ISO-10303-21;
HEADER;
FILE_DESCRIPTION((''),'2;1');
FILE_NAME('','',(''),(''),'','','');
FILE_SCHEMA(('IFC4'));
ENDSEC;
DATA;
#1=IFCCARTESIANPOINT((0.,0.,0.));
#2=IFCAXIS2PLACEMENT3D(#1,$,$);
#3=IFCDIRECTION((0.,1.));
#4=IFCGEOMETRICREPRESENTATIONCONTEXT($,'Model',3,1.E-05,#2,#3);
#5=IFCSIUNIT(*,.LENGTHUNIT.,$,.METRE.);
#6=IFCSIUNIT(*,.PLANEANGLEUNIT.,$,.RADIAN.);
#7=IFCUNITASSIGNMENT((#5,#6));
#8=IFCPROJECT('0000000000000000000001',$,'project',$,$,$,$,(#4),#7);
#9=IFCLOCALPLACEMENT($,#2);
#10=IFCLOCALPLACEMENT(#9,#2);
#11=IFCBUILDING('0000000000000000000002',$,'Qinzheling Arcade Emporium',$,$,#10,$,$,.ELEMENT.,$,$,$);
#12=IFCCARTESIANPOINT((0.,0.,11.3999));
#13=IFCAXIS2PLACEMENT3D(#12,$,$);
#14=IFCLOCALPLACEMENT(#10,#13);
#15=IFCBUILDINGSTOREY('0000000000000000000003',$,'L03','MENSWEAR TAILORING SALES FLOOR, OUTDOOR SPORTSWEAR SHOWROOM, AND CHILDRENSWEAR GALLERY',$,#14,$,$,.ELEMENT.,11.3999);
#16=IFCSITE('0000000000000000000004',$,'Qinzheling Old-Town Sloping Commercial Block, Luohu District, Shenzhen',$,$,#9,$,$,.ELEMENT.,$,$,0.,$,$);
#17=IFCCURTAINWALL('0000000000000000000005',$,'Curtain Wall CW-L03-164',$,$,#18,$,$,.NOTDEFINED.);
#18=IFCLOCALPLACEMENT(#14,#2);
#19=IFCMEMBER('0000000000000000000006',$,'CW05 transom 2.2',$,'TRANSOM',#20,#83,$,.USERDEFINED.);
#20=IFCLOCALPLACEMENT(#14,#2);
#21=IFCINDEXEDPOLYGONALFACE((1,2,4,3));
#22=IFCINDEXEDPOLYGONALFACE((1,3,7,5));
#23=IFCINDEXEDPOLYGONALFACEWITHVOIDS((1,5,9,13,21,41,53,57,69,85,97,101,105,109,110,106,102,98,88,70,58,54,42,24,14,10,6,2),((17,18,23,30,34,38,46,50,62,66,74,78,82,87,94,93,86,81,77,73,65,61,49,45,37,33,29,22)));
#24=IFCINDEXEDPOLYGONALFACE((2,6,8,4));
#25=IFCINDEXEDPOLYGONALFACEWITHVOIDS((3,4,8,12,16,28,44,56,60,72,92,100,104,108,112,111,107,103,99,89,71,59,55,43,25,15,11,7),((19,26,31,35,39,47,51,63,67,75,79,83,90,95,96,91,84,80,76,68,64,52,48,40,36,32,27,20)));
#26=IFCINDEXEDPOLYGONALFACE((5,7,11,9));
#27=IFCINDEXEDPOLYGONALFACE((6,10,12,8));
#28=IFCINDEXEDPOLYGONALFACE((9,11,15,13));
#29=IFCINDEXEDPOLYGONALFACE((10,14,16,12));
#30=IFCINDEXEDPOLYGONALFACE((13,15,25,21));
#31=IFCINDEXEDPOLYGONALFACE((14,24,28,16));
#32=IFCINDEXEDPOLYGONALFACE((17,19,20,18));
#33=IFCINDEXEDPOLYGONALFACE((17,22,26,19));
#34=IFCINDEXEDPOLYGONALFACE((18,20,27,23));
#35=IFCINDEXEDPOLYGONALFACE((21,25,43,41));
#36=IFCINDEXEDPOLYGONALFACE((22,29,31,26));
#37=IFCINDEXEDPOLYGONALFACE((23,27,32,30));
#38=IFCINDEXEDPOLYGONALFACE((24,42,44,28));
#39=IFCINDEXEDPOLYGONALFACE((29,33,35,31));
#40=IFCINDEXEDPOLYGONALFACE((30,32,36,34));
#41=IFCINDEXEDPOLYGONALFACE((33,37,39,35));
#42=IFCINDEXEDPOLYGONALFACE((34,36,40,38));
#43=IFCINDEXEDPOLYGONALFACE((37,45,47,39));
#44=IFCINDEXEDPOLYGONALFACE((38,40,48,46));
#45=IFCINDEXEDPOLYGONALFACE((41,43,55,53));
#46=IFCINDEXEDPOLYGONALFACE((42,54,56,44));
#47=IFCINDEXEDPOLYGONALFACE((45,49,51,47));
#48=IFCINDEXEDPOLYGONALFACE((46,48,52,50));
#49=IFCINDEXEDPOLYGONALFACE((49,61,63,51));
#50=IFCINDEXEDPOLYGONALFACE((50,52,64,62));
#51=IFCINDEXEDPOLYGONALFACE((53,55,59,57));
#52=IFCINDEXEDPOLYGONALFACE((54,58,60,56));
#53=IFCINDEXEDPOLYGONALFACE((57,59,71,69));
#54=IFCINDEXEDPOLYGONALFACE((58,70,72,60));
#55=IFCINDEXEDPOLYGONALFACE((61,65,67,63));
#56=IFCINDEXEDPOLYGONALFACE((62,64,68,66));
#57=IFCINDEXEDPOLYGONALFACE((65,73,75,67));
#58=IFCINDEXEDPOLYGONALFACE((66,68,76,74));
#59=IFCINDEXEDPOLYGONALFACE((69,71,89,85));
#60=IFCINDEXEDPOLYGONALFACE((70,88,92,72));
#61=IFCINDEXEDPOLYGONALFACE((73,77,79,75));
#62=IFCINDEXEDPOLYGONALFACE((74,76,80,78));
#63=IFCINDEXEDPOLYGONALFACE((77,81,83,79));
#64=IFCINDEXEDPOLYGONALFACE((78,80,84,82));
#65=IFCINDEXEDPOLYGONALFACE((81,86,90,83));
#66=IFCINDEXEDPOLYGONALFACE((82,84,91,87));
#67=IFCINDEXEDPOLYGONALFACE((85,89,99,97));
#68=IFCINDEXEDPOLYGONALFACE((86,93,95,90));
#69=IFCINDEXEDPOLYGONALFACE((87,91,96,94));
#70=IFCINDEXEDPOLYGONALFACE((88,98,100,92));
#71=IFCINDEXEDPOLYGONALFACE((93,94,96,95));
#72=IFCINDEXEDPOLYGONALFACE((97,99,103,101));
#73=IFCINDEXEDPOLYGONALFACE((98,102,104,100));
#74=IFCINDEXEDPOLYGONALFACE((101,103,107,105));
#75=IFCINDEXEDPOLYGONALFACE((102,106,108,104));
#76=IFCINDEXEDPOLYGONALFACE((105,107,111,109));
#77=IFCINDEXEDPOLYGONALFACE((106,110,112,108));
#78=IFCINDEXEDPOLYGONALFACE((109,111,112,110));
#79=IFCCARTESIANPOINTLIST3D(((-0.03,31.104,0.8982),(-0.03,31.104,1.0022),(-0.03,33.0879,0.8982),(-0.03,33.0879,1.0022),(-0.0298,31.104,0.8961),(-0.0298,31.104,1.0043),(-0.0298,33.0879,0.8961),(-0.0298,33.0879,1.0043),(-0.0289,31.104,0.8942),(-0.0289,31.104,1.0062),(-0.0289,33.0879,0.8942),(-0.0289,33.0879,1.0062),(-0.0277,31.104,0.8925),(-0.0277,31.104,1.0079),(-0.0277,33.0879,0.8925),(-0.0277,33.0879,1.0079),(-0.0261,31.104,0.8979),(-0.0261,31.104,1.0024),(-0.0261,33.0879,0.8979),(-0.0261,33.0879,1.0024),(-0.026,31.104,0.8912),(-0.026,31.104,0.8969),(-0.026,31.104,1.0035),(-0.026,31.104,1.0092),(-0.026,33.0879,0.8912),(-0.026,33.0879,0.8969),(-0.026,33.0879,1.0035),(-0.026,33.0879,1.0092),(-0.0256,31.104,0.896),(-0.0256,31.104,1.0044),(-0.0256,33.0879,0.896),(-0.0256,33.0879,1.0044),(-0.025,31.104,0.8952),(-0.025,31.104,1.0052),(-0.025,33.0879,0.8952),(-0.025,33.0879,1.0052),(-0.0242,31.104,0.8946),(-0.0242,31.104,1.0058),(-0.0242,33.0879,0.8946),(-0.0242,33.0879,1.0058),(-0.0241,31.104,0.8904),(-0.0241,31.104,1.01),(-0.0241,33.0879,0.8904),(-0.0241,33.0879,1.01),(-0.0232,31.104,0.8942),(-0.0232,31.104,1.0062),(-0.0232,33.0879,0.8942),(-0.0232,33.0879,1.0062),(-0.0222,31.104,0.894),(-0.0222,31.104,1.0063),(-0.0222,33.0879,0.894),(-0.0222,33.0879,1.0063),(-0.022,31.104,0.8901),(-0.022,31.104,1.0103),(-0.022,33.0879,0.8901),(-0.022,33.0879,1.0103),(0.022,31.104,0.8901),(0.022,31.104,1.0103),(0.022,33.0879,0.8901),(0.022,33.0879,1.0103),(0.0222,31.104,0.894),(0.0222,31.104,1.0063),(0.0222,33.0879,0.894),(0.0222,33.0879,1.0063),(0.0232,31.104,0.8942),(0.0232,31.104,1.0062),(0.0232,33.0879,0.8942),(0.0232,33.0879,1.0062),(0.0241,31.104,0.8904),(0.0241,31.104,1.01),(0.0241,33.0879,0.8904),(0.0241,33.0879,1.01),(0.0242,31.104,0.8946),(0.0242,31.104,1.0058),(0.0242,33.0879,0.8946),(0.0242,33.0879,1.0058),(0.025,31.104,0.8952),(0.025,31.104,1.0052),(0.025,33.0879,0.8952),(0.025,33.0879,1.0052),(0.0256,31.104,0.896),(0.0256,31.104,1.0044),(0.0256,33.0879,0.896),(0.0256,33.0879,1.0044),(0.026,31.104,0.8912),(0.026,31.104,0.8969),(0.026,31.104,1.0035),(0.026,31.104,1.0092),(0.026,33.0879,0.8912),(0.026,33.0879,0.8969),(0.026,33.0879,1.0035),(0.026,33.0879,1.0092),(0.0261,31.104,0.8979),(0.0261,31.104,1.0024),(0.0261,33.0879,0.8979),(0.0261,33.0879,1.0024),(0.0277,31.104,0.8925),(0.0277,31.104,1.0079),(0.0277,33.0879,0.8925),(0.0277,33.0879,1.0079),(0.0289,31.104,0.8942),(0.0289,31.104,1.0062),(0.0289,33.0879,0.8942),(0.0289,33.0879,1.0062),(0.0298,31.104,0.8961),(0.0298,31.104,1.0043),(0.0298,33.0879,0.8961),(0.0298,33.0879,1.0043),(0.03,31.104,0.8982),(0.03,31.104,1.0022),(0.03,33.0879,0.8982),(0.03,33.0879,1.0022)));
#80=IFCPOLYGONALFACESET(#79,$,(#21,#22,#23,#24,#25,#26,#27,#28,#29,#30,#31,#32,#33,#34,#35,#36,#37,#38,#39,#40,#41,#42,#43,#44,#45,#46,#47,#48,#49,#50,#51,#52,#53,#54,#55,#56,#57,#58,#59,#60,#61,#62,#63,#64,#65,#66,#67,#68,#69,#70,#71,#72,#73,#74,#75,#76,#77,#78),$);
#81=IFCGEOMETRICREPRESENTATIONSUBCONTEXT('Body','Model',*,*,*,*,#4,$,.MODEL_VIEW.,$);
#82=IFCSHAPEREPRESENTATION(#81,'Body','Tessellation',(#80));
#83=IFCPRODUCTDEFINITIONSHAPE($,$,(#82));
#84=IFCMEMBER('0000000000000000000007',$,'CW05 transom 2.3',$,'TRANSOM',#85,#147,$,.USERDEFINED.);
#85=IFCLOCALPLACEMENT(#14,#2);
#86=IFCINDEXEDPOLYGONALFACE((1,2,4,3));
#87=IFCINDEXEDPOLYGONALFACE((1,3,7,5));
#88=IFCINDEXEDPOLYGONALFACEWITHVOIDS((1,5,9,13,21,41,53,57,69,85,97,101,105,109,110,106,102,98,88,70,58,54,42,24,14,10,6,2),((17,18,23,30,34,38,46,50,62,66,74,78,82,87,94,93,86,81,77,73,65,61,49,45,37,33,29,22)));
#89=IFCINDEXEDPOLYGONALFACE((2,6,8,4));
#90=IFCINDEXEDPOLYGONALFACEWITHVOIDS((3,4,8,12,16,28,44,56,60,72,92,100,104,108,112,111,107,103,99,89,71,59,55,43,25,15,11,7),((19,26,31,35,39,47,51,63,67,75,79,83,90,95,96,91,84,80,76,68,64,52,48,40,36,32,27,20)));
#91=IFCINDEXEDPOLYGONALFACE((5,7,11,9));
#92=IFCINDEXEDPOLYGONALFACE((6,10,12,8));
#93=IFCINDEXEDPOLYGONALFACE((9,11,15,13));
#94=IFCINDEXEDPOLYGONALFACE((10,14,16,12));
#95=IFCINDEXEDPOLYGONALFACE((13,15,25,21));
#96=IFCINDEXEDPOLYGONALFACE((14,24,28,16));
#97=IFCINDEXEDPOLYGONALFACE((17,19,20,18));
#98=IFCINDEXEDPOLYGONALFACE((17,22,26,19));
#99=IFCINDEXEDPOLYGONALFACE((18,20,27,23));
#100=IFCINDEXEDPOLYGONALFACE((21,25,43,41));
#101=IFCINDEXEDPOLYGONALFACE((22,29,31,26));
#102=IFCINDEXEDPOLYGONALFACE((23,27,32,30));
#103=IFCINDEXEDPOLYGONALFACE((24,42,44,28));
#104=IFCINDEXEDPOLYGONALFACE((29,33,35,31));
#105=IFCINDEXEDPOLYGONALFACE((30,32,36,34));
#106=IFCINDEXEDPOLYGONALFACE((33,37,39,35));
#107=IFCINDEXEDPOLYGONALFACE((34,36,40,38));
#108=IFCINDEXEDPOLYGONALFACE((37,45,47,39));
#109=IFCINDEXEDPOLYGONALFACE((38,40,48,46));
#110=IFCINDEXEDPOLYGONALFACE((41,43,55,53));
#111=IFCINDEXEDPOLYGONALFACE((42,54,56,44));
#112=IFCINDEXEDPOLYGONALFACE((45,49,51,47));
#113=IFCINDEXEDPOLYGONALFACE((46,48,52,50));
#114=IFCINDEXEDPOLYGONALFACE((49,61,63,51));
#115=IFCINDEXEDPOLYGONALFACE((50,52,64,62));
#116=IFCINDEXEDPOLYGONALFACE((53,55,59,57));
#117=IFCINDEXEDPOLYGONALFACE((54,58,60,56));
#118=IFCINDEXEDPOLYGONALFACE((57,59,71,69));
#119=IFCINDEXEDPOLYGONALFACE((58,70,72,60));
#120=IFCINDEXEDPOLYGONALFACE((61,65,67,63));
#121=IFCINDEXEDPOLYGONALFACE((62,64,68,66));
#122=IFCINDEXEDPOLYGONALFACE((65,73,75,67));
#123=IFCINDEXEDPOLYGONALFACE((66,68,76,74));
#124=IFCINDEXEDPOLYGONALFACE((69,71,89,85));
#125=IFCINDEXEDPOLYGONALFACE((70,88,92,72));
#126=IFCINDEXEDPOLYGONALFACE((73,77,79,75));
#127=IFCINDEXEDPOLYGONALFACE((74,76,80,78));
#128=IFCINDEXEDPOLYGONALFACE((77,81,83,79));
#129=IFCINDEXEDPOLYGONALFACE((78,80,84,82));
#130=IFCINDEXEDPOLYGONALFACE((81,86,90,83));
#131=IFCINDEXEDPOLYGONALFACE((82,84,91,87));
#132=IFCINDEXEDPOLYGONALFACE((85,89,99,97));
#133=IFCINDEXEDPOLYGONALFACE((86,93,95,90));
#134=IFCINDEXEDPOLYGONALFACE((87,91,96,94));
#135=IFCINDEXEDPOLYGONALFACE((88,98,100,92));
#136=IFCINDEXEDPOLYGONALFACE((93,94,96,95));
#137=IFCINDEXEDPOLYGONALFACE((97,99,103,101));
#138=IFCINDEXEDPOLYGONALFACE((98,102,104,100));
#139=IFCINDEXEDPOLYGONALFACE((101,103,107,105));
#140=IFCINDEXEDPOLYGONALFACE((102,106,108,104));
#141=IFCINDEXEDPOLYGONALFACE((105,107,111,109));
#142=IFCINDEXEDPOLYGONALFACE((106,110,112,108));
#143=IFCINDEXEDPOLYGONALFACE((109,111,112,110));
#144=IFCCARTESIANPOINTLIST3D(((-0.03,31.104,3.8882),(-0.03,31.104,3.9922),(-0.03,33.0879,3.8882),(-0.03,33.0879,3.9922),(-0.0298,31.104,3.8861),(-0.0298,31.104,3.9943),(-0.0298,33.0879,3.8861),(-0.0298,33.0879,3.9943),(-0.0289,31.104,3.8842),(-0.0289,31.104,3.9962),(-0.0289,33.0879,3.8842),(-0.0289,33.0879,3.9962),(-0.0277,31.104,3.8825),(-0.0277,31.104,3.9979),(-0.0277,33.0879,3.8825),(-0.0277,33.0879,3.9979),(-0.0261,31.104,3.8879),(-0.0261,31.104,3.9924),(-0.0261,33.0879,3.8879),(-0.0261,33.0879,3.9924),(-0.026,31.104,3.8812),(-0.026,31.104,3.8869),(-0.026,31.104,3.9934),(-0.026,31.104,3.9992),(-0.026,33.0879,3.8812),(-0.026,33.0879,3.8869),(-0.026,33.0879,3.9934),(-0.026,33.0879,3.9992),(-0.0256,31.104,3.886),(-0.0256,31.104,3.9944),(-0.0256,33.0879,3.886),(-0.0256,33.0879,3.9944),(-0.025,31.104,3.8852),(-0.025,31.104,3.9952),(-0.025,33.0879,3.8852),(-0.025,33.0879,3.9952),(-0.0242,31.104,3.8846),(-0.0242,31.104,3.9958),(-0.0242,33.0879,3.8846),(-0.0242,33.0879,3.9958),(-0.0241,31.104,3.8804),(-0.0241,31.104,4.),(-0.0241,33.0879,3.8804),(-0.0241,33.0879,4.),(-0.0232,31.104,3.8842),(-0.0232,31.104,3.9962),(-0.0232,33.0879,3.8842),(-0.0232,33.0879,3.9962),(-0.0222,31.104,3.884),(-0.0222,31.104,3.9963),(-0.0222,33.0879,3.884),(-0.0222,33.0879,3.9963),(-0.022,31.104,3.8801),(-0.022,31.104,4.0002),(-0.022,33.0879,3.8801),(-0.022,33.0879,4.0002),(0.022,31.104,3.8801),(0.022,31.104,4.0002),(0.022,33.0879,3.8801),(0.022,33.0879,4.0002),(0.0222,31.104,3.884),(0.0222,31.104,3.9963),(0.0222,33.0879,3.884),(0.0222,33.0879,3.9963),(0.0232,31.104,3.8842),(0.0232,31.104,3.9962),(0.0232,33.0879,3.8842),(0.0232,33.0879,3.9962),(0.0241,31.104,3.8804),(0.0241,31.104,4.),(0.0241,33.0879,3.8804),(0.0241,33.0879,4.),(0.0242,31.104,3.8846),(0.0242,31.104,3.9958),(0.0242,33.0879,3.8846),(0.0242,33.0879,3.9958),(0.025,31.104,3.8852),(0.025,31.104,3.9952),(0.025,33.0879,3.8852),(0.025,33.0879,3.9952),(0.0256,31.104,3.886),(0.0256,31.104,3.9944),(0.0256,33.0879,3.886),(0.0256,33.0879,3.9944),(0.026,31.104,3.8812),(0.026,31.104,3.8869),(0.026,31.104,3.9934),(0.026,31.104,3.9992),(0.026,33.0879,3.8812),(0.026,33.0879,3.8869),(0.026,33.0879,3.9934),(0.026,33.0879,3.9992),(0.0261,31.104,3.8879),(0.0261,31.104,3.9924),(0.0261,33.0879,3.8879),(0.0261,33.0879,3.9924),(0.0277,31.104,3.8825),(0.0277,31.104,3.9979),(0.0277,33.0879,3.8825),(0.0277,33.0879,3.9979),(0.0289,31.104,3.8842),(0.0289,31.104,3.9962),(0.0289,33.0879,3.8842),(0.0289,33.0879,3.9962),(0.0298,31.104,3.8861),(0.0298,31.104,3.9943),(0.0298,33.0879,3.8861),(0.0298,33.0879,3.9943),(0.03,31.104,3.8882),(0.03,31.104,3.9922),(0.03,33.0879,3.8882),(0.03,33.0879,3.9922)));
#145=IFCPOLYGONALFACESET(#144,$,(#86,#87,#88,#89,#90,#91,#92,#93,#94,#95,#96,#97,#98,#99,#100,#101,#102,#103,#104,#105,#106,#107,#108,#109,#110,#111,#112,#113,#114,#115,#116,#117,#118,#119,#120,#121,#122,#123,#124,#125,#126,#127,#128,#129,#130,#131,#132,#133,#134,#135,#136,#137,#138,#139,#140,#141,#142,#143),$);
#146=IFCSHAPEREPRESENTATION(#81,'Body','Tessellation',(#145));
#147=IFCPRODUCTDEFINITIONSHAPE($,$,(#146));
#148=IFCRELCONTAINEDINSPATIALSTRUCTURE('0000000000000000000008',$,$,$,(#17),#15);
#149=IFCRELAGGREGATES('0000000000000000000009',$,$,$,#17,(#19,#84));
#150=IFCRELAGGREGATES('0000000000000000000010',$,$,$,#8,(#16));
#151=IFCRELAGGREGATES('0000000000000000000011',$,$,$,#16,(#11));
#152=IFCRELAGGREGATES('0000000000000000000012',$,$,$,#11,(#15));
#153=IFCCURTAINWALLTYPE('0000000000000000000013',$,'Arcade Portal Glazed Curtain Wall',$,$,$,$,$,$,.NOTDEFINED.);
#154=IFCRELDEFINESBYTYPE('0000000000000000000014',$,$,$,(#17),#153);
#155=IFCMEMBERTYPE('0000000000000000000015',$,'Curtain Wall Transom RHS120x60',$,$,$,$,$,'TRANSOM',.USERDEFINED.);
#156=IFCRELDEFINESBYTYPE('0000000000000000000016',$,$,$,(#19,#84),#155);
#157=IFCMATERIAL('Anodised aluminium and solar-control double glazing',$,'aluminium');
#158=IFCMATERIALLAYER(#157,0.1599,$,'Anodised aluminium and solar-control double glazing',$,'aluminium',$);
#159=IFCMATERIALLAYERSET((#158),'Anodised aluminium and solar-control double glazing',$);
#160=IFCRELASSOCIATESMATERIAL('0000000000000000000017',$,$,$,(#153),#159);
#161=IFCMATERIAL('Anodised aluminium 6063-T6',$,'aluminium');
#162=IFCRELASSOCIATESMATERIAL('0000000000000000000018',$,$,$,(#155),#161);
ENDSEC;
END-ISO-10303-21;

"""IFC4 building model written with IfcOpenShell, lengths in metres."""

from ifc_helpers import new_model, si_unit, direction, frame, origin, origin_2d, place, context, subcontext, project, spatial, hollow_rectangle, extrude, material, layer, layer_set, material_profile, profile_set, type_object, element, aggregate, save


model = new_model("IFC4")

# Units and contexts
model_context = context("Model", 3, precision=1e-05, world=origin(), true_north=direction((0.0, 1.0)))
body_context = subcontext(model_context, "Body", "Model", "MODEL_VIEW")
ifc_project = project(units=[si_unit("LENGTHUNIT", "METRE"), si_unit("PLANEANGLEUNIT", "RADIAN")], contexts=[model_context])

# Site, building, storey
site_placement = place(None, origin())
site = spatial("IfcSite", under=ifc_project, at=site_placement, Name="Qinzheling Old-Town Sloping Commercial Block, Luohu District, Shenzhen", CompositionType="ELEMENT", RefElevation=0.0)
building_placement = place(site_placement, origin())
building = spatial("IfcBuilding", under=site, at=building_placement, Name="Qinzheling Arcade Emporium", CompositionType="ELEMENT")
storey_placement = place(building_placement, frame((0.0, 0.0, 11.3999)))
storey = spatial("IfcBuildingStorey", under=building, at=storey_placement, Name="L03", Description="MENSWEAR TAILORING SALES FLOOR, OUTDOOR SPORTSWEAR SHOWROOM, AND CHILDRENSWEAR GALLERY", CompositionType="ELEMENT", Elevation=11.3999)

# Shared definitions
ifc_material_1 = material(Name="Anodised aluminium and solar-control double glazing", Category="aluminium")
ifc_layer_1 = layer(ifc_material_1, 0.1599, Name="Anodised aluminium and solar-control double glazing", Category="aluminium")
ifc_layer_set_1 = layer_set([ifc_layer_1], Name="Anodised aluminium and solar-control double glazing")
curtain_wall_type = type_object("IfcCurtainWallType", Name="Arcade Portal Glazed Curtain Wall", PredefinedType="NOTDEFINED", material=ifc_layer_set_1)
ifc_material_2 = material(Name="Anodised aluminium 6063-T6", Category="aluminium")

# Curtain wall, members
curtain_wall_1_placement = place(storey_placement, origin())
curtain_wall_1 = element("IfcCurtainWall", 1, at=curtain_wall_1_placement, inside=storey, type_object=curtain_wall_type, Name="Curtain Wall CW-L03-164", PredefinedType="NOTDEFINED")
ifc_material_profile_1 = material_profile(ifc_material_2, hollow_rectangle(XDim=0.0601, YDim=0.1201, WallThickness=0.0039, InnerFilletRadius=0.0039, OuterFilletRadius=0.0081, at=origin_2d()), Name="RHS 120x60x4", Category="aluminium")
ifc_profile_set_1 = profile_set([ifc_material_profile_1], Name="Anodised aluminium 6063-T6")
member_type_1 = type_object("IfcMemberType", Name="Curtain Wall Transom RHS120x60", ElementType="TRANSOM", PredefinedType="USERDEFINED", material=ifc_profile_set_1)
member_1_placement = place(storey_placement, frame((0.0, 31.104, 0.9502), z_axis=(0.0, 1.0, 0.0), x_axis=(-1.0, 0.0, 0.0)))
member_1 = element("IfcMember", 2, at=member_1_placement, type_object=member_type_1, Name="CW05 transom 2.2", ObjectType="TRANSOM", PredefinedType="USERDEFINED", context=body_context, shape_type="SweptSolid", body=[
    extrude(hollow_rectangle(XDim=0.0601, YDim=0.1201, WallThickness=0.0039, InnerFilletRadius=0.0039, OuterFilletRadius=0.0081, at=origin_2d()), origin(), (0.0, 0.0, 1.0), 1.9839),
])
member_2_placement = place(storey_placement, frame((0.0, 31.104, 3.9402), z_axis=(0.0, 1.0, 0.0), x_axis=(-1.0, 0.0, 0.0)))
member_2 = element("IfcMember", 3, at=member_2_placement, type_object=member_type_1, Name="CW05 transom 2.3", ObjectType="TRANSOM", PredefinedType="USERDEFINED", context=body_context, shape_type="SweptSolid", body=[
    extrude(hollow_rectangle(XDim=0.0601, YDim=0.1201, WallThickness=0.0039, InnerFilletRadius=0.0039, OuterFilletRadius=0.0081, at=origin_2d()), origin(), (0.0, 0.0, 1.0), 1.9839),
])

aggregate(curtain_wall_1, [member_1, member_2])

save(model, "model.ifc")
